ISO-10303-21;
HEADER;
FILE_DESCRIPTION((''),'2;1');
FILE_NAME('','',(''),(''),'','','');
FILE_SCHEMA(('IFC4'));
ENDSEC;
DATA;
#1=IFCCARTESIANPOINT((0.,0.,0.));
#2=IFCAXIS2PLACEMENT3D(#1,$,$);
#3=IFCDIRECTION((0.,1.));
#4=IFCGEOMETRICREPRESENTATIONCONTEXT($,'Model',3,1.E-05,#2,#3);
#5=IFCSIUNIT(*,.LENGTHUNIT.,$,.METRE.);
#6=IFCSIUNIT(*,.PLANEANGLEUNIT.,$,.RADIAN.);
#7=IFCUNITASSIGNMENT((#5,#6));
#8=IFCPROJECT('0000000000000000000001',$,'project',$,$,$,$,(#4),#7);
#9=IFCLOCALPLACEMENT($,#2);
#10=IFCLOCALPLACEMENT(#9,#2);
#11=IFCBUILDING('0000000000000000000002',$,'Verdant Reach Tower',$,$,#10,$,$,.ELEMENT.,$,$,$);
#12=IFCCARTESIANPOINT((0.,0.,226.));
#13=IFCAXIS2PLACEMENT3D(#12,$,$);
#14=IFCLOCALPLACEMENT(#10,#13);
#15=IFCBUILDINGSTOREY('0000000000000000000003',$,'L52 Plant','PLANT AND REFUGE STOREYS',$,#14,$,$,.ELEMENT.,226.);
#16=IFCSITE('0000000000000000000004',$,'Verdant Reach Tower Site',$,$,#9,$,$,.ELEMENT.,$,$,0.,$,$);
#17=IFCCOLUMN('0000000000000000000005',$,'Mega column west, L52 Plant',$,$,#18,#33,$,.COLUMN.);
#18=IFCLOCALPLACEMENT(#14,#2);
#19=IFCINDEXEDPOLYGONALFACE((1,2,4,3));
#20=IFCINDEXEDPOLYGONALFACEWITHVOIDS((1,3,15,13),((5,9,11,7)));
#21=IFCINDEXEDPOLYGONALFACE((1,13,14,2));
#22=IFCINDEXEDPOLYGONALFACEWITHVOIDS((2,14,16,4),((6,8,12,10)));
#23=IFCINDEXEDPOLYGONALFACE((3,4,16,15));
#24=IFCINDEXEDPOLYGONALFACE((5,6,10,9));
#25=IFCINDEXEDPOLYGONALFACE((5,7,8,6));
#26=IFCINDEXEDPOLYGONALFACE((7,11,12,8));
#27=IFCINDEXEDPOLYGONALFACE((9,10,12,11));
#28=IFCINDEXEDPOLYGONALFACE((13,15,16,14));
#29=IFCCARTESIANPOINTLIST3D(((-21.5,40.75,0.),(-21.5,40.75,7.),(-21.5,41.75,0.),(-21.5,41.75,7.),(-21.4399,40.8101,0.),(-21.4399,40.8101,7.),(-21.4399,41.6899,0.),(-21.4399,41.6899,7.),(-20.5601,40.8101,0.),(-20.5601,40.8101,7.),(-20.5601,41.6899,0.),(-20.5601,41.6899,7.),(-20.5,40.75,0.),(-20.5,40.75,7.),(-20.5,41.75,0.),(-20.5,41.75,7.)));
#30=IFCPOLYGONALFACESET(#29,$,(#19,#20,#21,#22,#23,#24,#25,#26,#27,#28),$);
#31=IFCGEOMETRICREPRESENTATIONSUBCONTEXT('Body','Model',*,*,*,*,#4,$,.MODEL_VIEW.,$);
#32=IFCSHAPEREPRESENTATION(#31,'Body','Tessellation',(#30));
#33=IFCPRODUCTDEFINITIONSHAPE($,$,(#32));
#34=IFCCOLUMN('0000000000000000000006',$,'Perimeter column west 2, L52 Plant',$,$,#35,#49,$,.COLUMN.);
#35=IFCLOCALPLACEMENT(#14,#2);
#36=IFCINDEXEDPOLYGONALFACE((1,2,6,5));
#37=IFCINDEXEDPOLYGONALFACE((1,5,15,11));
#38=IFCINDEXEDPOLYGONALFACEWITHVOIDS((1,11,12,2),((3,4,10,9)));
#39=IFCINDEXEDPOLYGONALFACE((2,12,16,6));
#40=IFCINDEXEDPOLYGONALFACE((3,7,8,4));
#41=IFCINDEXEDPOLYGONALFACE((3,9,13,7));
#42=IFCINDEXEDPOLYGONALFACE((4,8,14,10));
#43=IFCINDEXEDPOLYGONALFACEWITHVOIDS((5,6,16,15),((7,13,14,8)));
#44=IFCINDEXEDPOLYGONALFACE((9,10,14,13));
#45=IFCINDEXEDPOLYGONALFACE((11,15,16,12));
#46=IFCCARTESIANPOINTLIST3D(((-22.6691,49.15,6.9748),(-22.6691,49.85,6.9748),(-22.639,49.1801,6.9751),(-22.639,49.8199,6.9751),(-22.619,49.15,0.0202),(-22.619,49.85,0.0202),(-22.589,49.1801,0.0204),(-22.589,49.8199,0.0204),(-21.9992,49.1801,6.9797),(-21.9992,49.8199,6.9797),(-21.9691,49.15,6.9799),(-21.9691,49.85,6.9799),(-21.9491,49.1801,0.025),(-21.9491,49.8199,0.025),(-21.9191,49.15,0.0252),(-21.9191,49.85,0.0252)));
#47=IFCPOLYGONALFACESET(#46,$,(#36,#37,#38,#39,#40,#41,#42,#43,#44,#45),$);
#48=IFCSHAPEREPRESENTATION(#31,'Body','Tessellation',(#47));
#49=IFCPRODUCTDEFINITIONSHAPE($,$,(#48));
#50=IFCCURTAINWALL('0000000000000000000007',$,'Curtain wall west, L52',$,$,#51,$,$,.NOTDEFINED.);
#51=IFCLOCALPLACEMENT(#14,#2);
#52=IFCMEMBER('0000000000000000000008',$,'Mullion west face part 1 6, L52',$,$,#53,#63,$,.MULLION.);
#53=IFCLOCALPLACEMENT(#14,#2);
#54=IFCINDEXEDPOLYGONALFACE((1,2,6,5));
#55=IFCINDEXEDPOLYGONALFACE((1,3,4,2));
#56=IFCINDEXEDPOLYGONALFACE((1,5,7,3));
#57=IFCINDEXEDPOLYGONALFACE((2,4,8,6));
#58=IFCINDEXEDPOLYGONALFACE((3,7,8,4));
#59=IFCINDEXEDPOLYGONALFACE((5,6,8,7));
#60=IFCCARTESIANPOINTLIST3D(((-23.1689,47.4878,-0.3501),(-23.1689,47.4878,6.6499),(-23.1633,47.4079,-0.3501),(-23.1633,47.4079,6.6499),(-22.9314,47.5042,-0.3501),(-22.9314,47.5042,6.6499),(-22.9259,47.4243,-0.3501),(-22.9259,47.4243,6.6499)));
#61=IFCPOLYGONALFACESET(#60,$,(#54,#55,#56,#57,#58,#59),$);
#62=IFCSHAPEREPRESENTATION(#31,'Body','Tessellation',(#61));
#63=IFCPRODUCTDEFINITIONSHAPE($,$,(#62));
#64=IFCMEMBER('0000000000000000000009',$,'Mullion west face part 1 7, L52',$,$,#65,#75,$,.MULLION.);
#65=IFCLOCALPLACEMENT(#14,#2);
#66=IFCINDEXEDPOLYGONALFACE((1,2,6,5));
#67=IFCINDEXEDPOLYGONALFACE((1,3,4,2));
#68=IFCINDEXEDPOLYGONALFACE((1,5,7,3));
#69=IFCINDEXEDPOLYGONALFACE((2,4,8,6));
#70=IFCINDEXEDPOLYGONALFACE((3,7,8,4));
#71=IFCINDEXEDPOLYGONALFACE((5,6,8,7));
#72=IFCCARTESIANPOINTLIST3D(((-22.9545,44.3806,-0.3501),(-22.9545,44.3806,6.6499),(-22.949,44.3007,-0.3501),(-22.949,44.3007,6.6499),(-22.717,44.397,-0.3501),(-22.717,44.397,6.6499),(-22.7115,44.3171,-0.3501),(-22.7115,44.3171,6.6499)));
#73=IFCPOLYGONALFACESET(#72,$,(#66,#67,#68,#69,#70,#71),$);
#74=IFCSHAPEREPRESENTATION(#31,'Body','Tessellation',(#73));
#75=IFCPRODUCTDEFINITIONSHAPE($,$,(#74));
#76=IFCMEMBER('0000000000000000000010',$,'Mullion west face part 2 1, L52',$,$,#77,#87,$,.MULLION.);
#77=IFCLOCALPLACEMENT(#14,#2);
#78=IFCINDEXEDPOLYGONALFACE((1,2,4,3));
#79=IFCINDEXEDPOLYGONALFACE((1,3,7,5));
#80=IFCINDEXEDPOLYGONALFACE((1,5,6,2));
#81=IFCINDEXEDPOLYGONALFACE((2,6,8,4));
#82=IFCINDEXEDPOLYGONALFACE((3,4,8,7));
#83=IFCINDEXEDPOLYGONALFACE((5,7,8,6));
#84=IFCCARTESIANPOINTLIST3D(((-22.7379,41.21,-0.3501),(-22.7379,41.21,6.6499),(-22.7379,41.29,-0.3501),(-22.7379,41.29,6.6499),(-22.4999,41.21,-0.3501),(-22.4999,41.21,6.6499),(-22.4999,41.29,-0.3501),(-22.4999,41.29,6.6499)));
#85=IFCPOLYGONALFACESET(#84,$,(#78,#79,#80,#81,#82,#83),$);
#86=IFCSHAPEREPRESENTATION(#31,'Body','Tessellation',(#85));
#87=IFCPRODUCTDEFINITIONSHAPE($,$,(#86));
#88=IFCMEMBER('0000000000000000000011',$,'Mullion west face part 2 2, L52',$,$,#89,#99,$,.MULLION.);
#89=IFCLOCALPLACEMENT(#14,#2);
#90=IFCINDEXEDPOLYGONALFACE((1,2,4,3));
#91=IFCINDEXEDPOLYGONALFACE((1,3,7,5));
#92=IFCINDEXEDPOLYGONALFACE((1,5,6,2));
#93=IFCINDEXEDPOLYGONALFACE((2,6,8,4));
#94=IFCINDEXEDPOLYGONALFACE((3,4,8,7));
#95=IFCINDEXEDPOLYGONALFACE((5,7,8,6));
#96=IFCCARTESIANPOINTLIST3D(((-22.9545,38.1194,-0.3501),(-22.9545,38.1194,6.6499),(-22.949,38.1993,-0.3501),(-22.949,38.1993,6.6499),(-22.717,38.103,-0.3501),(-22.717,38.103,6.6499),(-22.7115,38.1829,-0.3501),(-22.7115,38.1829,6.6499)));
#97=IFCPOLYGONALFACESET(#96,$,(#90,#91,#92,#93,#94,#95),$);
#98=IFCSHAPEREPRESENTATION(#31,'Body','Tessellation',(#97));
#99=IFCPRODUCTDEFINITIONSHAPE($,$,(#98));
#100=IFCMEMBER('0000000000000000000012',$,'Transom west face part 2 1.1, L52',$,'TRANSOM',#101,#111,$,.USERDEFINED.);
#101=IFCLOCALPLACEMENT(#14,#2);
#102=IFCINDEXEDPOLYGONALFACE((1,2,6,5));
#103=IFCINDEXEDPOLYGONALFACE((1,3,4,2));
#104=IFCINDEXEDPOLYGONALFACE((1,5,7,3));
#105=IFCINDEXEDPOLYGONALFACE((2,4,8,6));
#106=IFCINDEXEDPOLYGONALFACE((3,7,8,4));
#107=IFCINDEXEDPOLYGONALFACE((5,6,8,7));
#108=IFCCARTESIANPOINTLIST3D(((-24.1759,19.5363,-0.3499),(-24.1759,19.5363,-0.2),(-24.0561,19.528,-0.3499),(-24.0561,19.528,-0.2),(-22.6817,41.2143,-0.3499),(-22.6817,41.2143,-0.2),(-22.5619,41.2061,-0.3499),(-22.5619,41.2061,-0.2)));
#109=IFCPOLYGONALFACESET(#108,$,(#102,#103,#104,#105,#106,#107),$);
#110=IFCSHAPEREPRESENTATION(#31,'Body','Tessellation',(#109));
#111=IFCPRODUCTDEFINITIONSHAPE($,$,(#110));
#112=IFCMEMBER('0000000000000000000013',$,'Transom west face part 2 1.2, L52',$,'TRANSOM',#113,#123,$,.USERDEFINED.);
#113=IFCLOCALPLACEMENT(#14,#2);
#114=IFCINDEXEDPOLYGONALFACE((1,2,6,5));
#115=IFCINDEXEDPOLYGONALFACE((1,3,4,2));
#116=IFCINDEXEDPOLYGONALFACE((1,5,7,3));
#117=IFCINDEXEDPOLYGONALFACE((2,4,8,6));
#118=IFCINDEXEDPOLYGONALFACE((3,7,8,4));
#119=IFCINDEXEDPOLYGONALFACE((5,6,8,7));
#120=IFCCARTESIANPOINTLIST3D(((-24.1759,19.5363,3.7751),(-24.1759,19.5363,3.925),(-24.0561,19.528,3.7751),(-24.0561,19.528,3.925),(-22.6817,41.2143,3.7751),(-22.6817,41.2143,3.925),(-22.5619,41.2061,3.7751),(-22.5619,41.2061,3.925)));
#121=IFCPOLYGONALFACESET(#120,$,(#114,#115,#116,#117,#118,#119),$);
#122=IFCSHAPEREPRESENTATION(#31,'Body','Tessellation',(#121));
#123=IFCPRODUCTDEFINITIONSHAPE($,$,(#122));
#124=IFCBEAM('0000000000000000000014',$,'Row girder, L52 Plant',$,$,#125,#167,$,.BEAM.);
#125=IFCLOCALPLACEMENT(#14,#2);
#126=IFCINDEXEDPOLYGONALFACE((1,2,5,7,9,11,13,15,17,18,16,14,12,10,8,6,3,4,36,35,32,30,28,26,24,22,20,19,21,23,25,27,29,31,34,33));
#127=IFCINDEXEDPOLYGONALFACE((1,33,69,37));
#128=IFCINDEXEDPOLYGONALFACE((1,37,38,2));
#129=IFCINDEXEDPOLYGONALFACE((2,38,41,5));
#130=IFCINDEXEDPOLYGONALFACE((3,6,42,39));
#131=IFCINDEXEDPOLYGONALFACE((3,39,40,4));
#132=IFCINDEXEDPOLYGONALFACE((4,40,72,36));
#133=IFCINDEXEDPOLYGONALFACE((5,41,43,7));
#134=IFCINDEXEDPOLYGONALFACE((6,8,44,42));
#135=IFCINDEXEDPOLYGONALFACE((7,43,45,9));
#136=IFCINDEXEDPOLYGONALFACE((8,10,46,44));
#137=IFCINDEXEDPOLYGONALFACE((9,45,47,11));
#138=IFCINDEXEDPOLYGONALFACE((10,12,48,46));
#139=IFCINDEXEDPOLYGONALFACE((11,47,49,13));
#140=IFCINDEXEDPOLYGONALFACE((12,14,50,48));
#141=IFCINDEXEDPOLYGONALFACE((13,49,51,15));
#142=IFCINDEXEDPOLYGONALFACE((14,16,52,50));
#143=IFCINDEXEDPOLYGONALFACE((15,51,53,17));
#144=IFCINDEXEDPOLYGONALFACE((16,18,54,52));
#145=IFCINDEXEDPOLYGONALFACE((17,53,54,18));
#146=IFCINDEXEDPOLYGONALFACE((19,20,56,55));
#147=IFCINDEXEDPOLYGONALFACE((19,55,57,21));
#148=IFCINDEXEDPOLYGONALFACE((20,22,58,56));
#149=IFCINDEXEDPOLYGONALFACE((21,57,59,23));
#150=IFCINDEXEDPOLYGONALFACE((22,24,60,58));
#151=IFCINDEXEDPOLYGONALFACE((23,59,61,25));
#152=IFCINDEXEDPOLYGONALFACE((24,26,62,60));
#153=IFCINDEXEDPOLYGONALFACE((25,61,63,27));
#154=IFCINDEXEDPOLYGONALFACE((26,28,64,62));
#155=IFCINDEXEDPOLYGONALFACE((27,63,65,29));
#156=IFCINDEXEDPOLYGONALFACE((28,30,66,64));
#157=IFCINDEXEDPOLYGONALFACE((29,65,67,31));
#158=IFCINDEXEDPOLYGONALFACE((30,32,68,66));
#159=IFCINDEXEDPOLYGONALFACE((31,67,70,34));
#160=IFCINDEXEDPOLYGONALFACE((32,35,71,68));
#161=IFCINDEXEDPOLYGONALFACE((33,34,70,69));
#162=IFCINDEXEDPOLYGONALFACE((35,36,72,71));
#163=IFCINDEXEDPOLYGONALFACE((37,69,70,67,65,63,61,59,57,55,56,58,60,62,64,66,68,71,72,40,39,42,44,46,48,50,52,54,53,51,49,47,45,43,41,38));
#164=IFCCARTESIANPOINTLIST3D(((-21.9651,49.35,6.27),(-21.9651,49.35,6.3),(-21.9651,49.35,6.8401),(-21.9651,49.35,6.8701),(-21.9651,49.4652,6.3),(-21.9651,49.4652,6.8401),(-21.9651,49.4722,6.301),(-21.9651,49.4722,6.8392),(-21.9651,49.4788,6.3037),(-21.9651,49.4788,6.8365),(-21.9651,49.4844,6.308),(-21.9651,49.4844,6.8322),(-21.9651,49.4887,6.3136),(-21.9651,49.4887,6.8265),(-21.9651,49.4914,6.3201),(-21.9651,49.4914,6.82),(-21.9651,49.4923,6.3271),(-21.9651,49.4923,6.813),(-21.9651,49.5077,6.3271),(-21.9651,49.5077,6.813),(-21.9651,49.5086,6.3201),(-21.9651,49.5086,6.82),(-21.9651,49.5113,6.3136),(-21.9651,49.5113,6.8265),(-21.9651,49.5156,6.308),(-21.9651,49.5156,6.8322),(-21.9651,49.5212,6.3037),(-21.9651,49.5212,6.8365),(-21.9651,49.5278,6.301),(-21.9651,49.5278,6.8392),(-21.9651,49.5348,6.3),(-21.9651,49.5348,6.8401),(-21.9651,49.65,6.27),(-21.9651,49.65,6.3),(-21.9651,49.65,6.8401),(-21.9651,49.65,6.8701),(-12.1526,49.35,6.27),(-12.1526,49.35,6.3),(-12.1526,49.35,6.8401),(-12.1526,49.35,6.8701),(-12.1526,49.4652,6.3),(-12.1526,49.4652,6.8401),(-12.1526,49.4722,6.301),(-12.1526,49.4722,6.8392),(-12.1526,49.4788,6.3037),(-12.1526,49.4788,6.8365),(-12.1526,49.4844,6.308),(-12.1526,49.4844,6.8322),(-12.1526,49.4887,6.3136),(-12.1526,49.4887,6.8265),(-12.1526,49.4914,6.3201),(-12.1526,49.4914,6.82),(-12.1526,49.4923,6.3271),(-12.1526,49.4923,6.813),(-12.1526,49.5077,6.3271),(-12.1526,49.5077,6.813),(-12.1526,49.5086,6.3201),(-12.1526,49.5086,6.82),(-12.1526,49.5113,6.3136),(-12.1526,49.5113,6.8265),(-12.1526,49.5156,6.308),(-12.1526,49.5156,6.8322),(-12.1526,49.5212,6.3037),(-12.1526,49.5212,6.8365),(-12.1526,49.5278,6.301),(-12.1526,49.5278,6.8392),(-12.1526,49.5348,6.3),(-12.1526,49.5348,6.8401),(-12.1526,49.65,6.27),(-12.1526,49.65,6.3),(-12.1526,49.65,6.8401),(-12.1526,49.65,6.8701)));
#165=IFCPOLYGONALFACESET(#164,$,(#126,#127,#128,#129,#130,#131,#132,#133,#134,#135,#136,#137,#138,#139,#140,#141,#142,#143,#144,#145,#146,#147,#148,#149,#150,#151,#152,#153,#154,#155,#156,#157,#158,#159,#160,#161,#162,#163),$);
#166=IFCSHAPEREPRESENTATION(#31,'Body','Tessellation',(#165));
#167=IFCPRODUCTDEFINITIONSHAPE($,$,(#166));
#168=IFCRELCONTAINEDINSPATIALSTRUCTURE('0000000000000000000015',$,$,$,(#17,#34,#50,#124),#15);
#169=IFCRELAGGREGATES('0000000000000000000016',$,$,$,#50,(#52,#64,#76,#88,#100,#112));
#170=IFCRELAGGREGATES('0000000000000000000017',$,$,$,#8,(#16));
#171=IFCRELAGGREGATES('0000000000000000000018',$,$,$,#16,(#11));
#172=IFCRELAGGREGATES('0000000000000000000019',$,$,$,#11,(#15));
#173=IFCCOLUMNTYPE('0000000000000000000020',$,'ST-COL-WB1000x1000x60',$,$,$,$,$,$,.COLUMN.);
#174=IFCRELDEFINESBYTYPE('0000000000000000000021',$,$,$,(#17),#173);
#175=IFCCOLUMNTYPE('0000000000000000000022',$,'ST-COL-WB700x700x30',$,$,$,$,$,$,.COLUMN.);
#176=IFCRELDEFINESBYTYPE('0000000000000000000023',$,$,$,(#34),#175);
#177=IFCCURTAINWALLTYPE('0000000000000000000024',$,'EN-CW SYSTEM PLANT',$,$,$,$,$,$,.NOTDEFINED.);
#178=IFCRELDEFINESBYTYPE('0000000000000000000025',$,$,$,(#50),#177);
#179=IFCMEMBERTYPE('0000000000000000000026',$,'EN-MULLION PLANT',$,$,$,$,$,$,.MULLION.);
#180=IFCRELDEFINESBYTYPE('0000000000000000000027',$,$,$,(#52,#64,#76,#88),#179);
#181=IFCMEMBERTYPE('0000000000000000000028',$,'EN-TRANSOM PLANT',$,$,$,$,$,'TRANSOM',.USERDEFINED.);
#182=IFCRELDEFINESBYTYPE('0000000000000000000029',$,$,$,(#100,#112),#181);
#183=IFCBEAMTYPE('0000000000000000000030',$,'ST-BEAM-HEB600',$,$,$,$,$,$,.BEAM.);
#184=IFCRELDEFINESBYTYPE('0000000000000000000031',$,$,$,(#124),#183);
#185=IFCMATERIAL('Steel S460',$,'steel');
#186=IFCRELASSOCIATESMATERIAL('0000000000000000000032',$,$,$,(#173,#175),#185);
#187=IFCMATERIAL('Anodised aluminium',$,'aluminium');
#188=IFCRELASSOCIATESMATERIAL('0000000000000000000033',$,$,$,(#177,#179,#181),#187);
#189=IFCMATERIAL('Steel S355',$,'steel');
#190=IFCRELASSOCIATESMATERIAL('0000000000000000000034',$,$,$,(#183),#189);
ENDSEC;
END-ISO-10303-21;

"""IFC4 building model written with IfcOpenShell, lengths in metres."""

from ifc_helpers import new_model, si_unit, direction, frame, origin, origin_2d, place, context, subcontext, project, spatial, rectangle, hollow_rectangle, i_section, extrude, material, material_profile, profile_set, type_object, element, aggregate, save


model = new_model("IFC4")

# Units and contexts
model_context = context("Model", 3, precision=1e-05, world=origin(), true_north=direction((0.0, 1.0)))
body_context = subcontext(model_context, "Body", "Model", "MODEL_VIEW")
ifc_project = project(units=[si_unit("LENGTHUNIT", "METRE"), si_unit("PLANEANGLEUNIT", "RADIAN")], contexts=[model_context])

# Site, building, storey
site_placement = place(None, origin())
site = spatial("IfcSite", under=ifc_project, at=site_placement, Name="Verdant Reach Tower Site", CompositionType="ELEMENT", RefElevation=0.0)
building_placement = place(site_placement, origin())
building = spatial("IfcBuilding", under=site, at=building_placement, Name="Verdant Reach Tower", CompositionType="ELEMENT")
storey_placement = place(building_placement, frame((0.0, 0.0, 226.0)))
storey = spatial("IfcBuildingStorey", under=building, at=storey_placement, Name="L52 Plant", Description="PLANT AND REFUGE STOREYS", CompositionType="ELEMENT", Elevation=226.0)

# Columns
ifc_material_1 = material(Name="Steel S460", Category="steel")
ifc_material_profile_1 = material_profile(ifc_material_1, hollow_rectangle(XDim=1.0, YDim=1.0, WallThickness=0.0601, at=origin_2d()), Name="WB 1000x1000x60")
ifc_profile_set_1 = profile_set([ifc_material_profile_1], Name="Steel S460")
column_type_1 = type_object("IfcColumnType", Name="ST-COL-WB1000x1000x60", PredefinedType="COLUMN", material=ifc_profile_set_1)
column_1_placement = place(storey_placement, frame((-21.0, 41.25, 0.0), z_axis=(0.0, 0.0, 1.0), x_axis=(1.0, 0.0, 0.0)))
element("IfcColumn", 1, at=column_1_placement, inside=storey, type_object=column_type_1, Name="Mega column west, L52 Plant", PredefinedType="COLUMN", context=body_context, shape_type="SweptSolid", body=[
    extrude(hollow_rectangle(XDim=1.0, YDim=1.0, WallThickness=0.0601, at=origin_2d()), origin(), (0.0, 0.0, 1.0), 7.0),
])
ifc_material_profile_2 = material_profile(ifc_material_1, hollow_rectangle(XDim=0.7, YDim=0.7, WallThickness=0.03, at=origin_2d()), Name="WB 700x700x30")
ifc_profile_set_2 = profile_set([ifc_material_profile_2], Name="Steel S460")
column_type_2 = type_object("IfcColumnType", Name="ST-COL-WB700x700x30", PredefinedType="COLUMN", material=ifc_profile_set_2)
column_2_placement = place(storey_placement, frame((-22.269, 49.5, 0.0227), z_axis=(-0.007196, 0.0, 0.999974), x_axis=(0.0, -1.0, 0.0)))
element("IfcColumn", 2, at=column_2_placement, inside=storey, type_object=column_type_2, Name="Perimeter column west 2, L52 Plant", PredefinedType="COLUMN", context=body_context, shape_type="SweptSolid", body=[
    extrude(hollow_rectangle(XDim=0.7, YDim=0.7, WallThickness=0.03, at=origin_2d()), origin(), (0.0, 0.0, 1.0), 6.9548),
])

# Curtain wall, members
ifc_material_2 = material(Name="Anodised aluminium", Category="aluminium")
curtain_wall_type = type_object("IfcCurtainWallType", Name="EN-CW SYSTEM PLANT", PredefinedType="NOTDEFINED", material=ifc_material_2)
curtain_wall_placement = place(storey_placement, origin())
curtain_wall = element("IfcCurtainWall", 3, at=curtain_wall_placement, inside=storey, type_object=curtain_wall_type, Name="Curtain wall west, L52", PredefinedType="NOTDEFINED")
ifc_material_profile_3 = material_profile(ifc_material_2, rectangle(XDim=0.238, YDim=0.0801, at=origin_2d()), Name="Mullion 80x240")
ifc_profile_set_3 = profile_set([ifc_material_profile_3], Name="Anodised aluminium")
member_type_1 = type_object("IfcMemberType", Name="EN-MULLION PLANT", PredefinedType="MULLION", material=ifc_profile_set_3)
member_1_placement = place(storey_placement, frame((-23.0474, 47.4561, -0.3501), z_axis=(0.0, 0.0, 1.0), x_axis=(-0.99763, -0.068802, 0.0)))
member_1 = element("IfcMember", 4, at=member_1_placement, type_object=member_type_1, Name="Mullion west face part 1 6, L52", PredefinedType="MULLION", context=body_context, shape_type="SweptSolid", body=[
    extrude(rectangle(XDim=0.238, YDim=0.0801, at=origin_2d()), origin(), (0.0, 0.0, 1.0), 7.0),
])
member_2_placement = place(storey_placement, frame((-22.833, 44.3489, -0.3501), z_axis=(0.0, 0.0, 1.0), x_axis=(-0.99763, -0.068802, 0.0)))
member_2 = element("IfcMember", 5, at=member_2_placement, type_object=member_type_1, Name="Mullion west face part 1 7, L52", PredefinedType="MULLION", context=body_context, shape_type="SweptSolid", body=[
    extrude(rectangle(XDim=0.238, YDim=0.0801, at=origin_2d()), origin(), (0.0, 0.0, 1.0), 7.0),
])
member_3_placement = place(storey_placement, frame((-22.6189, 41.25, -0.3501), z_axis=(0.0, 0.0, 1.0), x_axis=(-1.0, 0.0, 0.0)))
member_3 = element("IfcMember", 6, at=member_3_placement, type_object=member_type_1, Name="Mullion west face part 2 1, L52", PredefinedType="MULLION", context=body_context, shape_type="SweptSolid", body=[
    extrude(rectangle(XDim=0.238, YDim=0.0801, at=origin_2d()), origin(), (0.0, 0.0, 1.0), 7.0),
])
member_4_placement = place(storey_placement, frame((-22.833, 38.1511, -0.3501), z_axis=(0.0, 0.0, 1.0), x_axis=(-0.99763, 0.068802, 0.0)))
member_4 = element("IfcMember", 7, at=member_4_placement, type_object=member_type_1, Name="Mullion west face part 2 2, L52", PredefinedType="MULLION", context=body_context, shape_type="SweptSolid", body=[
    extrude(rectangle(XDim=0.238, YDim=0.0801, at=origin_2d()), origin(), (0.0, 0.0, 1.0), 7.0),
])
ifc_material_profile_4 = material_profile(ifc_material_2, rectangle(XDim=0.1201, YDim=0.1499, at=origin_2d()), Name="Transom 150x120")
ifc_profile_set_4 = profile_set([ifc_material_profile_4], Name="Anodised aluminium")
member_type_2 = type_object("IfcMemberType", Name="EN-TRANSOM PLANT", ElementType="TRANSOM", PredefinedType="USERDEFINED", material=ifc_profile_set_4)
member_5_placement = place(storey_placement, frame((-22.6218, 41.2102, -0.2749), z_axis=(-0.068761, -0.997633, 0.0), x_axis=(0.997633, -0.068761, 0.0)))
member_5 = element("IfcMember", 8, at=member_5_placement, type_object=member_type_2, Name="Transom west face part 2 1.1, L52", ObjectType="TRANSOM", PredefinedType="USERDEFINED", context=body_context, shape_type="SweptSolid", body=[
    extrude(rectangle(XDim=0.1201, YDim=0.1499, at=origin_2d()), origin(), (0.0, 0.0, 1.0), 21.7295),
])
member_6_placement = place(storey_placement, frame((-22.6218, 41.2102, 3.8501), z_axis=(-0.068761, -0.997633, 0.0), x_axis=(0.997633, -0.068761, 0.0)))
member_6 = element("IfcMember", 9, at=member_6_placement, type_object=member_type_2, Name="Transom west face part 2 1.2, L52", ObjectType="TRANSOM", PredefinedType="USERDEFINED", context=body_context, shape_type="SweptSolid", body=[
    extrude(rectangle(XDim=0.1201, YDim=0.1499, at=origin_2d()), origin(), (0.0, 0.0, 1.0), 21.7295),
])

# Beam
ifc_material_3 = material(Name="Steel S355", Category="steel")
ifc_material_profile_5 = material_profile(ifc_material_3, i_section(OverallWidth=0.3, OverallDepth=0.6001, WebThickness=0.0154, FlangeThickness=0.03, FilletRadius=0.0271, at=origin_2d()), Name="HEB 600")
ifc_profile_set_5 = profile_set([ifc_material_profile_5], Name="Steel S355")
beam_type_1 = type_object("IfcBeamType", Name="ST-BEAM-HEB600", PredefinedType="BEAM", material=ifc_profile_set_5)
beam_1_placement = place(storey_placement, frame((-21.9651, 49.5, 6.5701), z_axis=(1.0, 0.0, 0.0), x_axis=(0.0, 1.0, 0.0)))
element("IfcBeam", 10, at=beam_1_placement, inside=storey, type_object=beam_type_1, Name="Row girder, L52 Plant", PredefinedType="BEAM", context=body_context, shape_type="SweptSolid", body=[
    extrude(i_section(OverallWidth=0.3, OverallDepth=0.6001, WebThickness=0.0154, FlangeThickness=0.03, FilletRadius=0.0271, at=origin_2d()), origin(), (0.0, 0.0, 1.0), 9.8125),
])

aggregate(curtain_wall, [member_1, member_2, member_3, member_4, member_5, member_6])

save(model, "model.ifc")
